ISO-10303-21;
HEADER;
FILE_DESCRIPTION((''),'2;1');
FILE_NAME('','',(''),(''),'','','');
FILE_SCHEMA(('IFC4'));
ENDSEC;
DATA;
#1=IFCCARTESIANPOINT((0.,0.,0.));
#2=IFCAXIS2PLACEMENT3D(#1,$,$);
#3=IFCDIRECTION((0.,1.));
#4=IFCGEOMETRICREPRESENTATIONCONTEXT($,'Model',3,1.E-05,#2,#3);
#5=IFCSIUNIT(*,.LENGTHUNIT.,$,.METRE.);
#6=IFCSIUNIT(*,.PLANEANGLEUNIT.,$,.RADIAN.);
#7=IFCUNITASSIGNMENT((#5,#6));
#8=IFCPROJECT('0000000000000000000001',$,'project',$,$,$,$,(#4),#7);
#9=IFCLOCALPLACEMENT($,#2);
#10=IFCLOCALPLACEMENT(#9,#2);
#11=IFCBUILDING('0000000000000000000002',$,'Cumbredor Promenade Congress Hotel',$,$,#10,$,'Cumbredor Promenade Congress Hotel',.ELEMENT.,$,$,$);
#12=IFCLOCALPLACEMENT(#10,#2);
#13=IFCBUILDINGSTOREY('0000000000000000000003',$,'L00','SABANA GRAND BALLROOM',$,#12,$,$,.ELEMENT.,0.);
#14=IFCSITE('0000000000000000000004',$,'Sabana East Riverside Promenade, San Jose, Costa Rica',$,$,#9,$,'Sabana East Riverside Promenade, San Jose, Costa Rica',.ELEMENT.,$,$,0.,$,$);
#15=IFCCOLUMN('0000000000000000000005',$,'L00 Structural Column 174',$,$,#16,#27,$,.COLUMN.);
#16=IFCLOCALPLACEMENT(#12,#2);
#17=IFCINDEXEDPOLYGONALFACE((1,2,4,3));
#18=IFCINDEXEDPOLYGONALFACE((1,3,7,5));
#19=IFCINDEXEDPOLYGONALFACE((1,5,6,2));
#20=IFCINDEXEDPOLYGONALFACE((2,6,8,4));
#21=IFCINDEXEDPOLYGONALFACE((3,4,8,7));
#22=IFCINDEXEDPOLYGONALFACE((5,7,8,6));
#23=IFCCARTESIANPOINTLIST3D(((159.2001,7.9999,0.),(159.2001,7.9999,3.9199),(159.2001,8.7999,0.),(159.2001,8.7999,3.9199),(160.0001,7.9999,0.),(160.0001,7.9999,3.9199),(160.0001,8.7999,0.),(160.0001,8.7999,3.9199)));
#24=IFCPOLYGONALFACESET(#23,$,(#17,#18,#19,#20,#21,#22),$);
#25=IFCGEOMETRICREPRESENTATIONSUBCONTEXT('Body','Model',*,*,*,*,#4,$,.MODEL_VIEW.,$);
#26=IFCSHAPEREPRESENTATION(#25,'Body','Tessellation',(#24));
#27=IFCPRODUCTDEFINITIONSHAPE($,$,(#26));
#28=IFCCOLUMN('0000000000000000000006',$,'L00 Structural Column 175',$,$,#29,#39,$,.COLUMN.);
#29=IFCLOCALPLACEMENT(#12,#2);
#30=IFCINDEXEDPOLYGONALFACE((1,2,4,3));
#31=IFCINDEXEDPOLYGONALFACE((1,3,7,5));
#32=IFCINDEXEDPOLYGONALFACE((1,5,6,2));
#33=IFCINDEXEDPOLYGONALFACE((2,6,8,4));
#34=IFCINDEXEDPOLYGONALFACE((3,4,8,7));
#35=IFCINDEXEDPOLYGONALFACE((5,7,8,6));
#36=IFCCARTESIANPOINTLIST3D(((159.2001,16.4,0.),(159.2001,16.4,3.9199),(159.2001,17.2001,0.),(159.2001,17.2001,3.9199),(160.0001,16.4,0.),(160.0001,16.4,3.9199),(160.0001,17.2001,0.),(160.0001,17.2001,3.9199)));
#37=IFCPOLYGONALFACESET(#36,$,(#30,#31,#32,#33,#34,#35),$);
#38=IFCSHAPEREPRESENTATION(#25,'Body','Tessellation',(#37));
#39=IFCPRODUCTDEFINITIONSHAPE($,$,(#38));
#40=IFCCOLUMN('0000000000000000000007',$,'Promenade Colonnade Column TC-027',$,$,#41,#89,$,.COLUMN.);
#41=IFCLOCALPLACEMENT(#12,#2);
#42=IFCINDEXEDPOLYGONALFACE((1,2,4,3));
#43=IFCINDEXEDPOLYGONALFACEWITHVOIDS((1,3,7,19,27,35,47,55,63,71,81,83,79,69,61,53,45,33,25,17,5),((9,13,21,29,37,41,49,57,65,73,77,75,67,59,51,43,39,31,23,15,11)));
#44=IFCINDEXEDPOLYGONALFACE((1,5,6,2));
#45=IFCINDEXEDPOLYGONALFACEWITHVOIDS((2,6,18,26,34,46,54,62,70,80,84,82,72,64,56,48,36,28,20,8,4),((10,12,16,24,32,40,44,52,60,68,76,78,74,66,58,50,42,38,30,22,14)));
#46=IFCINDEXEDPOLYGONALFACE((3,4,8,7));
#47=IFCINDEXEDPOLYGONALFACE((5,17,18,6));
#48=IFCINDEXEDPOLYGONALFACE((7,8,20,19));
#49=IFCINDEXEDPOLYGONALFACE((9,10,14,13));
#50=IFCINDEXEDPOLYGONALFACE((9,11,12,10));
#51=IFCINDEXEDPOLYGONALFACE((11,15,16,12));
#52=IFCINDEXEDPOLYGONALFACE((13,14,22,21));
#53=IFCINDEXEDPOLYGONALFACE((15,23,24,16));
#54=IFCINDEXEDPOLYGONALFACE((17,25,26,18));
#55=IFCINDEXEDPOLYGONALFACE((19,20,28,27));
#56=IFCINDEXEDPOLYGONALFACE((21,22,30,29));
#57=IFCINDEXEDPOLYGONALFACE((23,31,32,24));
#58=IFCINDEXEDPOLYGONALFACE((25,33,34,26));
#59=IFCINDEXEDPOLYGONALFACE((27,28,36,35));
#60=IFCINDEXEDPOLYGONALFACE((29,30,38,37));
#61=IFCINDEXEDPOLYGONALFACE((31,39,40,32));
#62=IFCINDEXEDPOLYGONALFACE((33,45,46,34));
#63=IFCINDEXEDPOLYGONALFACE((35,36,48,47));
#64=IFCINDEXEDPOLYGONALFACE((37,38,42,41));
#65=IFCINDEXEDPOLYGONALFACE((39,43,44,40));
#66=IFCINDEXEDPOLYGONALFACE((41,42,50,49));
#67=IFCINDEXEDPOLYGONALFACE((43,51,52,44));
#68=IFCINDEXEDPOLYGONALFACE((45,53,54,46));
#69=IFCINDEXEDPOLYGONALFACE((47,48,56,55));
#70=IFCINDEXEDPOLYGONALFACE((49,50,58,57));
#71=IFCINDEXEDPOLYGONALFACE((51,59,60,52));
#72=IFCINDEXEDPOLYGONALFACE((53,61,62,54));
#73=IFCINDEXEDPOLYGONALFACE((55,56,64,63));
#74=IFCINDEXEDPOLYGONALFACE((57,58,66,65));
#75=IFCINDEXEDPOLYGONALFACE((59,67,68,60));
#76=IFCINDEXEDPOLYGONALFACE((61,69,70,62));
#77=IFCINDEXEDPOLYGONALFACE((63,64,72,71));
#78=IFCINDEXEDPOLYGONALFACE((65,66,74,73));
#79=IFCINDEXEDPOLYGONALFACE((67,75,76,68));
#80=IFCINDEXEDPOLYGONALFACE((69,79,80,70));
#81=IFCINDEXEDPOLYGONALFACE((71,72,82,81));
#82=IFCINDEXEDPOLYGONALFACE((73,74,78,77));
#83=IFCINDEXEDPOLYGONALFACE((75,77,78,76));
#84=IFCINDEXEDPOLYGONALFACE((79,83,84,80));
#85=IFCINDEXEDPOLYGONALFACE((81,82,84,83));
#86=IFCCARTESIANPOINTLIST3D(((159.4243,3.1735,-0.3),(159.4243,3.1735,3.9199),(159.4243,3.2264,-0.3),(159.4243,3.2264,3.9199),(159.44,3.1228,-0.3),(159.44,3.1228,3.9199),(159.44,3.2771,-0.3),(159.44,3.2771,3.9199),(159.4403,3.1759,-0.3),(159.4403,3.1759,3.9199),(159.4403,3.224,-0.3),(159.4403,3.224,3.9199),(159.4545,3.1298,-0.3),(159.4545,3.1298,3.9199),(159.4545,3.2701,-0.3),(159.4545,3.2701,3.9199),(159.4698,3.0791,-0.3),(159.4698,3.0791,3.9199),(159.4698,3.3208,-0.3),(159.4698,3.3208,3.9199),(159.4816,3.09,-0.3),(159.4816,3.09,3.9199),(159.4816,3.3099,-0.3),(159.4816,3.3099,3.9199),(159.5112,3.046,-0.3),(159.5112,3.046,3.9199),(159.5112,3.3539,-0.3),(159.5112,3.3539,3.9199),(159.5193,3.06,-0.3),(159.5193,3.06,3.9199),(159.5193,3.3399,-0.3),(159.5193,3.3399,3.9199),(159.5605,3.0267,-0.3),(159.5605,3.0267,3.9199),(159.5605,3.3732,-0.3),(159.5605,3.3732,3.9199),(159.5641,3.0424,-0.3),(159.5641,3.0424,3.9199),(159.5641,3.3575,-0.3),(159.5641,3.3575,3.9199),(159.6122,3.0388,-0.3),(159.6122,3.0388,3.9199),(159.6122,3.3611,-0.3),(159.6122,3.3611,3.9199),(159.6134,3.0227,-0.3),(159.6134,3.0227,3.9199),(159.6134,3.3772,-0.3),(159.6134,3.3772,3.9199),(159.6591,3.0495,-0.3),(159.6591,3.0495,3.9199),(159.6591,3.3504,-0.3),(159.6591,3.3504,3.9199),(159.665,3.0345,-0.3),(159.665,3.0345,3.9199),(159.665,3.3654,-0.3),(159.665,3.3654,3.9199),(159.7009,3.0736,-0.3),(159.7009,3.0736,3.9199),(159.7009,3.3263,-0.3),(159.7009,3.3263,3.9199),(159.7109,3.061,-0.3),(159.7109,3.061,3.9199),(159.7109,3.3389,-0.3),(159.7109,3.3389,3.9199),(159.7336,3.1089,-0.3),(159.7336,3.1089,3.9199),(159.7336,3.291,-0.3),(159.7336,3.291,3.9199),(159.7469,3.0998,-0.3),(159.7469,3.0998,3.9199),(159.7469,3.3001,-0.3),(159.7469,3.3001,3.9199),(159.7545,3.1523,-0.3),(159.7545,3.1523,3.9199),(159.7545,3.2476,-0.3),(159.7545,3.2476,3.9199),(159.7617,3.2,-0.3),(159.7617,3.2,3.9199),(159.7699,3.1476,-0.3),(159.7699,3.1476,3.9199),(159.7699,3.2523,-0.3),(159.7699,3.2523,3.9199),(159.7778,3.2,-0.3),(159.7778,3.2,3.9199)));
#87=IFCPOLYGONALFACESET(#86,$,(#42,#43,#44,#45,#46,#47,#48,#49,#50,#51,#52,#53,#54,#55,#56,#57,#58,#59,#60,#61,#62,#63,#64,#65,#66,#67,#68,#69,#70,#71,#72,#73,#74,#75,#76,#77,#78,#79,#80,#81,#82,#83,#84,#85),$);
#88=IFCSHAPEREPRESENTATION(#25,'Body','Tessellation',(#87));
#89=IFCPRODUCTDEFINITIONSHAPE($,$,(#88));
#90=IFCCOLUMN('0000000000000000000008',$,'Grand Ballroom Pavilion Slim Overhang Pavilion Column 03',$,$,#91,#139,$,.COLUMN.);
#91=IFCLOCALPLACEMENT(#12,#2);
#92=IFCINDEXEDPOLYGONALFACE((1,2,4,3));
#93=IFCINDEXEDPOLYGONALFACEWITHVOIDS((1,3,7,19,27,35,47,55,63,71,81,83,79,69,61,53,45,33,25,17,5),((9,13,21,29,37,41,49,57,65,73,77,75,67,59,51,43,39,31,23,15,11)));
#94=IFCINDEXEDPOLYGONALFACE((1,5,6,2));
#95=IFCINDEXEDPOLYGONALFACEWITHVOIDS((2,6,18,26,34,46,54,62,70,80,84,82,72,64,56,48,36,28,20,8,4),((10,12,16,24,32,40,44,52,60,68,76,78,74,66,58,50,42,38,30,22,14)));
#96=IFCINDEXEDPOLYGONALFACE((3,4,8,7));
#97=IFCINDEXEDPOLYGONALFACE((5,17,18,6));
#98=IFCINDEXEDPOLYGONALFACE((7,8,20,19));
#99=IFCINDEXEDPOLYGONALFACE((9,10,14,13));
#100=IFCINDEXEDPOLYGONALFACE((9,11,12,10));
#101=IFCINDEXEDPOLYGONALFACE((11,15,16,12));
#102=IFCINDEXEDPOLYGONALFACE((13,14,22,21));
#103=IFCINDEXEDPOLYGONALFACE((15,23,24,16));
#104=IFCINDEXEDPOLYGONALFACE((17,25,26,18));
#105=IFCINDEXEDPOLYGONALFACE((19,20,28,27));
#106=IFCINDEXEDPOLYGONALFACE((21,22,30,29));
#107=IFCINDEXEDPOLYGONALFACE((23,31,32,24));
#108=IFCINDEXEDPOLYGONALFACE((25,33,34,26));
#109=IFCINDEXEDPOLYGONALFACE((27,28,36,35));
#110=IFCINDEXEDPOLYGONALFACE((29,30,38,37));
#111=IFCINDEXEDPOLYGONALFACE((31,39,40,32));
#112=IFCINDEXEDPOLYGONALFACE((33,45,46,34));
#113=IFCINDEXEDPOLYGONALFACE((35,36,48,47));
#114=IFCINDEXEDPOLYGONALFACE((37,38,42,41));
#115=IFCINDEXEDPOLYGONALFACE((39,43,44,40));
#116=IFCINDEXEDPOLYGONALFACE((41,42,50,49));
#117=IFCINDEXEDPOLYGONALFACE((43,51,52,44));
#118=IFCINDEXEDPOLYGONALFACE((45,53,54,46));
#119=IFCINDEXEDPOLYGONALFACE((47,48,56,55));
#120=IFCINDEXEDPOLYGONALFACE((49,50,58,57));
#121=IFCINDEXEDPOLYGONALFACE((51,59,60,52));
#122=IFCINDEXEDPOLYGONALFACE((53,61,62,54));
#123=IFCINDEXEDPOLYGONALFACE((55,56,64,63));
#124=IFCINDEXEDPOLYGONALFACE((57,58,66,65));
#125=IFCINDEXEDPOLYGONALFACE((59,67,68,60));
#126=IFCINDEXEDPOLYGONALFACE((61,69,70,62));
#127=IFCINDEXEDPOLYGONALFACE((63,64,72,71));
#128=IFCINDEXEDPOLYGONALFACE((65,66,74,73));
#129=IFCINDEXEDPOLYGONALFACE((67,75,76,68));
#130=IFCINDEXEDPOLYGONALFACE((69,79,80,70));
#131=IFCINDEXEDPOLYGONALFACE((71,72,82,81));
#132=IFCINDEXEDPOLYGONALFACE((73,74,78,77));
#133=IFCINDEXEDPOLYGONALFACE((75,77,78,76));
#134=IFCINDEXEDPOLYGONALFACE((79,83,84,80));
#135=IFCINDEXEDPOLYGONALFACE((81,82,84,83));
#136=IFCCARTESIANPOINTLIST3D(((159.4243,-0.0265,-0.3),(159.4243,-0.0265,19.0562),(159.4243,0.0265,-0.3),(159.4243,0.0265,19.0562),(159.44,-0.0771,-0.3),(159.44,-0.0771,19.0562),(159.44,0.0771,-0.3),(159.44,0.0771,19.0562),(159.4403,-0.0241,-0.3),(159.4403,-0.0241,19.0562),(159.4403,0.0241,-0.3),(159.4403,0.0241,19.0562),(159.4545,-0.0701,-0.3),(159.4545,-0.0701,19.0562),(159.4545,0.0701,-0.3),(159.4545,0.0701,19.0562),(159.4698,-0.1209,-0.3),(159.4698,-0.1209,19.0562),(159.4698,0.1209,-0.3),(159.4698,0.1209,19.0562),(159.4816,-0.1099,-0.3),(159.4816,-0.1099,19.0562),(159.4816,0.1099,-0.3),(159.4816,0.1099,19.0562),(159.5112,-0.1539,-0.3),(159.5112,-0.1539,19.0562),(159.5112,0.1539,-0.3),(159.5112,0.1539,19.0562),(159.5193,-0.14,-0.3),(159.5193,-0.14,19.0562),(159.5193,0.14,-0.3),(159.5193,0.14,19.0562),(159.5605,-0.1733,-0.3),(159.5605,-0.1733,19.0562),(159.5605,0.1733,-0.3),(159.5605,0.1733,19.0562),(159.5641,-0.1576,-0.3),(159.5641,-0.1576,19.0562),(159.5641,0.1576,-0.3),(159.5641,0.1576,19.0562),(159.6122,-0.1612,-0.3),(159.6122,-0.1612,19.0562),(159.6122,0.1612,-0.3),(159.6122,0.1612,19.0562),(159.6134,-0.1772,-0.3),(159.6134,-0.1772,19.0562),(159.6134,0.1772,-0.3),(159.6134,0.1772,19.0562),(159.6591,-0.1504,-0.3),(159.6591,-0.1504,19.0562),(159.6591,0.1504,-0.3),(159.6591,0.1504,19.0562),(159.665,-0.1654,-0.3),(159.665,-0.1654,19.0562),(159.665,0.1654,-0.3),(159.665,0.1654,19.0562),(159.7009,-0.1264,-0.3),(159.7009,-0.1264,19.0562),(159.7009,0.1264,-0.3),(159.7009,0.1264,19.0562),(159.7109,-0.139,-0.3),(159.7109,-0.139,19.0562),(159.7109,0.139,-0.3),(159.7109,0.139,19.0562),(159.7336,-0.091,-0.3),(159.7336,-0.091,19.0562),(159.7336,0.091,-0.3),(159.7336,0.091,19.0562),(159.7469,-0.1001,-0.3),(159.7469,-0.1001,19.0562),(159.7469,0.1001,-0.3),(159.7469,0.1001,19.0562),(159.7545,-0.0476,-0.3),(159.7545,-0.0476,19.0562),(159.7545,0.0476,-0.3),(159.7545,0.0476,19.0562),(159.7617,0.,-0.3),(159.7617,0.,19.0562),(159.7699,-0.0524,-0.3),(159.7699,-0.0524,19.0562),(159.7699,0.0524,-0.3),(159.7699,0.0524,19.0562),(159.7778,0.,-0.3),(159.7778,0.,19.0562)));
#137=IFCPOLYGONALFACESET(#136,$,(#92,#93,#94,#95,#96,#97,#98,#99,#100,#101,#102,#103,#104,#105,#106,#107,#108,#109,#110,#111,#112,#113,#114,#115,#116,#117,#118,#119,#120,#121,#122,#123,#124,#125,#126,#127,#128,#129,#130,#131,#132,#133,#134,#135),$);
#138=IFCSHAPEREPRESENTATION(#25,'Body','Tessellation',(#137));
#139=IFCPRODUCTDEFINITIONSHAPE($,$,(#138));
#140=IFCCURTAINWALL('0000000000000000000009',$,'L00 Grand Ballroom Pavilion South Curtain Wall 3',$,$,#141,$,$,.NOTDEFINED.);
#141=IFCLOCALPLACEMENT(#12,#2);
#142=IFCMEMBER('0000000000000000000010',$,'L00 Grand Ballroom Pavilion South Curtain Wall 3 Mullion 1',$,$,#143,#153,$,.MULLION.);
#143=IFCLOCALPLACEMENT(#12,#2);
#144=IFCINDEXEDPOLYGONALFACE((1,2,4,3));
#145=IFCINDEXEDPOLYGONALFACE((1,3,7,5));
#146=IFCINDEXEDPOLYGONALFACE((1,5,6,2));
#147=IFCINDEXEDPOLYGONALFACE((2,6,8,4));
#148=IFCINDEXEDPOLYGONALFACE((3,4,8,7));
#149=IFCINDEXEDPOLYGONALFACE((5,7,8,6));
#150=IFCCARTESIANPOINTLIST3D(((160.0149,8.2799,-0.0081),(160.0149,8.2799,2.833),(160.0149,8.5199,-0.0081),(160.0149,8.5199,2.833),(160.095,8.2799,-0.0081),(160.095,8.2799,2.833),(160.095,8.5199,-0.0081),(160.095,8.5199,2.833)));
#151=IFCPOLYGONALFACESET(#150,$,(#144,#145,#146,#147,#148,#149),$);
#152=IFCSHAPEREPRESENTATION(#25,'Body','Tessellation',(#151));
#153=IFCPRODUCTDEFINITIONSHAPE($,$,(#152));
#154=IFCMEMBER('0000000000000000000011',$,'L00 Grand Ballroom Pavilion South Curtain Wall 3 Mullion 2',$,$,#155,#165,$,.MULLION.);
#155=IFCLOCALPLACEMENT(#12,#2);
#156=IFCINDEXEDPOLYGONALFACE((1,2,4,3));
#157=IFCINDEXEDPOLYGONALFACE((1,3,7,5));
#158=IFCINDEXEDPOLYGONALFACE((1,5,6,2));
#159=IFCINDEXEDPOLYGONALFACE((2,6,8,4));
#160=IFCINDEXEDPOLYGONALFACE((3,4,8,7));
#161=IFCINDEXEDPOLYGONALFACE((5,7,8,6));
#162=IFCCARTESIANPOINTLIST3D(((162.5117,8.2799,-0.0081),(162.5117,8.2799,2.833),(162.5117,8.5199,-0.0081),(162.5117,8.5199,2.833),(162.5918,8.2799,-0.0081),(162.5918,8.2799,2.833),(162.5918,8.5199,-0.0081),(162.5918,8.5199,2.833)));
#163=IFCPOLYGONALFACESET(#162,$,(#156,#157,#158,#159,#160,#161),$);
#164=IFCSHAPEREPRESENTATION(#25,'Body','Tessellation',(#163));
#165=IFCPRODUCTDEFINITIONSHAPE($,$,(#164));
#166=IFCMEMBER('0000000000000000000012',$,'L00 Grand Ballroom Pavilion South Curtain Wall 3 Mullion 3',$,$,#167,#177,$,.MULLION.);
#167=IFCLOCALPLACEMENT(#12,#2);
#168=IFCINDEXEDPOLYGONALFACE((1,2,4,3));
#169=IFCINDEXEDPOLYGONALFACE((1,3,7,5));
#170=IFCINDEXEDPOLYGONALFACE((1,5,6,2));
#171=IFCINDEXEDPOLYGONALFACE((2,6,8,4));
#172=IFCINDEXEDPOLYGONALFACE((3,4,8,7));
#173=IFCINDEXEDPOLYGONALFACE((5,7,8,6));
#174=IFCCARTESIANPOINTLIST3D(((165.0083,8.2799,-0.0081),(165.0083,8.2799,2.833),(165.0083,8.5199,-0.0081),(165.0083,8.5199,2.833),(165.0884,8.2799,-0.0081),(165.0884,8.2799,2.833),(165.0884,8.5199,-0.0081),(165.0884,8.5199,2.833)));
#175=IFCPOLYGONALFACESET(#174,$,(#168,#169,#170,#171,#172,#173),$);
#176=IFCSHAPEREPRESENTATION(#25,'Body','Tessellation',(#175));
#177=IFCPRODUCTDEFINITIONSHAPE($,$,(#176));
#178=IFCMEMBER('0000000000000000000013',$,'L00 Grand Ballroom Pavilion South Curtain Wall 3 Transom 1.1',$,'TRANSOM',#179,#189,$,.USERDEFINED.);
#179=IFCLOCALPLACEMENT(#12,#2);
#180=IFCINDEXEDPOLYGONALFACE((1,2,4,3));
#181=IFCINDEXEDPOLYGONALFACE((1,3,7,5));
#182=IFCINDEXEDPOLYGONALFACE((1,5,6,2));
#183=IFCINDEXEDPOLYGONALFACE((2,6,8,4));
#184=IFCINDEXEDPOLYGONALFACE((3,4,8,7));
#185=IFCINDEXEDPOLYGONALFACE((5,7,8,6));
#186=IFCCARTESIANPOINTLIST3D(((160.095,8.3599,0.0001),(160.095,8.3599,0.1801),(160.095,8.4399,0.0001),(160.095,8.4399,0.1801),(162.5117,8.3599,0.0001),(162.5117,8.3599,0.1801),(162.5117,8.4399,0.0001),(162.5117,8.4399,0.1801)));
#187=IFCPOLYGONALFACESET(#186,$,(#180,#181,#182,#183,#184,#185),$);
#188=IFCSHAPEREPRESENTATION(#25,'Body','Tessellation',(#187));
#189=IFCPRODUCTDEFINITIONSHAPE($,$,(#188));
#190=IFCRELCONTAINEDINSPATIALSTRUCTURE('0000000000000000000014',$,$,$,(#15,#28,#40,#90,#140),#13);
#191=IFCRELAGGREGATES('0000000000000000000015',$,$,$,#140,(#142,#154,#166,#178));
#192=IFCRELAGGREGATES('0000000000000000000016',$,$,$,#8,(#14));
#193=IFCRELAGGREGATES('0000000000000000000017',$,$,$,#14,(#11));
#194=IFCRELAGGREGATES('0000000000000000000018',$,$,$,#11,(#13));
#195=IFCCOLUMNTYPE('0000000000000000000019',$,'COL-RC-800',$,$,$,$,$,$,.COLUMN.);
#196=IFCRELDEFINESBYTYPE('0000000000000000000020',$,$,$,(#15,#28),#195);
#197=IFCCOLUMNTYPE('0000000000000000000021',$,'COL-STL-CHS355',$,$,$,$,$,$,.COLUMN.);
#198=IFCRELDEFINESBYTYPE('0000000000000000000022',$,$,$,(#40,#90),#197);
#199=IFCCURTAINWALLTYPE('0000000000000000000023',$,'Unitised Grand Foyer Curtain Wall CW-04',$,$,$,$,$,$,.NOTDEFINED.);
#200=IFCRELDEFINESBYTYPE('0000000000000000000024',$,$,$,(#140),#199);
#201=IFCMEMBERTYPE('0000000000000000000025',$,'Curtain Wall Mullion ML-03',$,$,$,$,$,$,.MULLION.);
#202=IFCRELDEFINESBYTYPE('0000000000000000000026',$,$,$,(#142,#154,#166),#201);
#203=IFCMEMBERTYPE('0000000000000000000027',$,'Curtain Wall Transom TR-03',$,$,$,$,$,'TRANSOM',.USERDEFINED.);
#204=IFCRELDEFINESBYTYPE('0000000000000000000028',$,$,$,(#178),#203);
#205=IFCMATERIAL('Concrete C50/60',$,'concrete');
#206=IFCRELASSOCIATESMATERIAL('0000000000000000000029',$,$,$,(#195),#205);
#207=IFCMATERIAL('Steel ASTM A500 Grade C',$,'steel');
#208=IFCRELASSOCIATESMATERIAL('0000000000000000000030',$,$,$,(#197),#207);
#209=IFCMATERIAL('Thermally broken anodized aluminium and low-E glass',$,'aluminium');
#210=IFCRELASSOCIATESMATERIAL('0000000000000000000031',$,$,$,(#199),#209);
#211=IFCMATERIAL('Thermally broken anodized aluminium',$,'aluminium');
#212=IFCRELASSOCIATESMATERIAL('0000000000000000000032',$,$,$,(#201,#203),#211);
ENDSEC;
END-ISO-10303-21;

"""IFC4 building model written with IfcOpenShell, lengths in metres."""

from ifc_helpers import new_model, si_unit, direction, frame, origin, origin_2d, place, context, subcontext, project, spatial, rectangle, hollow_circle, extrude, material, material_profile, profile_set, type_object, element, aggregate, save


model = new_model("IFC4")

# Units and contexts
model_context = context("Model", 3, precision=1e-05, world=origin(), true_north=direction((0.0, 1.0)))
body_context = subcontext(model_context, "Body", "Model", "MODEL_VIEW")
ifc_project = project(units=[si_unit("LENGTHUNIT", "METRE"), si_unit("PLANEANGLEUNIT", "RADIAN")], contexts=[model_context])

# Site, building, storey
site_placement = place(None, origin())
site = spatial("IfcSite", under=ifc_project, at=site_placement, Name="Sabana East Riverside Promenade, San Jose, Costa Rica", LongName="Sabana East Riverside Promenade, San Jose, Costa Rica", CompositionType="ELEMENT", RefElevation=0.0)
building_placement = place(site_placement, origin())
building = spatial("IfcBuilding", under=site, at=building_placement, Name="Cumbredor Promenade Congress Hotel", LongName="Cumbredor Promenade Congress Hotel", CompositionType="ELEMENT")
storey_placement = place(building_placement, origin())
storey = spatial("IfcBuildingStorey", under=building, at=storey_placement, Name="L00", Description="SABANA GRAND BALLROOM", CompositionType="ELEMENT", Elevation=0.0)

# Columns
ifc_material_1 = material(Name="Concrete C50/60", Category="concrete")
ifc_material_profile_1 = material_profile(ifc_material_1, rectangle(XDim=0.8, YDim=0.8, at=origin_2d()), Name="RC 800x800")
ifc_profile_set_1 = profile_set([ifc_material_profile_1], Name="Concrete C50/60")
column_type_1 = type_object("IfcColumnType", Name="COL-RC-800", PredefinedType="COLUMN", material=ifc_profile_set_1)
for number, where, z_axis, x_axis, name in (
    (1, (159.6001, 8.3999, 0.0), (0.0, 0.0, 1.0), (1.0, 0.0, 0.0), "L00 Structural Column 174"),
    (2, (159.6001, 16.8, 0.0), (0.0, 0.0, 1.0), (1.0, 0.0, 0.0), "L00 Structural Column 175"),
):
    element("IfcColumn", number, at=place(storey_placement, frame(where, z_axis=z_axis, x_axis=x_axis)), inside=storey, type_object=column_type_1, Name=name, PredefinedType="COLUMN", context=body_context, shape_type="SweptSolid", body=[
        extrude(rectangle(XDim=0.8, YDim=0.8, at=origin_2d()), origin(), (0.0, 0.0, 1.0), 3.9199),
    ])
ifc_material_2 = material(Name="Steel ASTM A500 Grade C", Category="steel")
ifc_material_profile_2 = material_profile(ifc_material_2, hollow_circle(Radius=0.1777, WallThickness=0.0161, at=origin_2d()), Name="CHS 355.6x16")
ifc_profile_set_2 = profile_set([ifc_material_profile_2], Name="Steel ASTM A500 Grade C")
column_type_2 = type_object("IfcColumnType", Name="COL-STL-CHS355", PredefinedType="COLUMN", material=ifc_profile_set_2)
column_1_placement = place(storey_placement, frame((159.6001, 3.2, -0.3), z_axis=(0.0, 0.0, 1.0), x_axis=(1.0, 0.0, 0.0)))
element("IfcColumn", 3, at=column_1_placement, inside=storey, type_object=column_type_2, Name="Promenade Colonnade Column TC-027", PredefinedType="COLUMN", context=body_context, shape_type="SweptSolid", body=[
    extrude(hollow_circle(Radius=0.1777, WallThickness=0.0161, at=origin_2d()), origin(), (0.0, 0.0, 1.0), 4.22),
])
column_2_placement = place(storey_placement, frame((159.6001, 0.0, -0.3), z_axis=(0.0, 0.0, 1.0), x_axis=(1.0, 0.0, 0.0)))
element("IfcColumn", 4, at=column_2_placement, inside=storey, type_object=column_type_2, Name="Grand Ballroom Pavilion Slim Overhang Pavilion Column 03", PredefinedType="COLUMN", context=body_context, shape_type="SweptSolid", body=[
    extrude(hollow_circle(Radius=0.1777, WallThickness=0.0161, at=origin_2d()), origin(), (0.0, 0.0, 1.0), 19.3562),
])

# Curtain wall, members
ifc_material_3 = material(Name="Thermally broken anodized aluminium and low-E glass", Category="aluminium")
curtain_wall_type = type_object("IfcCurtainWallType", Name="Unitised Grand Foyer Curtain Wall CW-04", PredefinedType="NOTDEFINED", material=ifc_material_3)
curtain_wall_placement = place(storey_placement, origin())
curtain_wall = element("IfcCurtainWall", 5, at=curtain_wall_placement, inside=storey, type_object=curtain_wall_type, Name="L00 Grand Ballroom Pavilion South Curtain Wall 3", PredefinedType="NOTDEFINED")
ifc_material_4 = material(Name="Thermally broken anodized aluminium", Category="aluminium")
ifc_material_profile_3 = material_profile(ifc_material_4, rectangle(XDim=0.0801, YDim=0.24, at=origin_2d()), Name="ALU MULLION 80x240")
ifc_profile_set_3 = profile_set([ifc_material_profile_3], Name="Thermally broken anodized aluminium")
member_type_1 = type_object("IfcMemberType", Name="Curtain Wall Mullion ML-03", PredefinedType="MULLION", material=ifc_profile_set_3)
member_1_placement = place(storey_placement, frame((160.0549, 8.3999, -0.0081), z_axis=(0.0, 0.0, 1.0), x_axis=(1.0, 0.0, 0.0)))
member_1 = element("IfcMember", 6, at=member_1_placement, type_object=member_type_1, Name="L00 Grand Ballroom Pavilion South Curtain Wall 3 Mullion 1", PredefinedType="MULLION", context=body_context, shape_type="SweptSolid", body=[
    extrude(rectangle(XDim=0.0801, YDim=0.24, at=origin_2d()), origin(), (0.0, 0.0, 1.0), 2.8411),
])
member_2_placement = place(storey_placement, frame((162.5518, 8.3999, -0.0081), z_axis=(0.0, 0.0, 1.0), x_axis=(1.0, 0.0, 0.0)))
member_2 = element("IfcMember", 7, at=member_2_placement, type_object=member_type_1, Name="L00 Grand Ballroom Pavilion South Curtain Wall 3 Mullion 2", PredefinedType="MULLION", context=body_context, shape_type="SweptSolid", body=[
    extrude(rectangle(XDim=0.0801, YDim=0.24, at=origin_2d()), origin(), (0.0, 0.0, 1.0), 2.8411),
])
member_3_placement = place(storey_placement, frame((165.0483, 8.3999, -0.0081), z_axis=(0.0, 0.0, 1.0), x_axis=(1.0, 0.0, 0.0)))
member_3 = element("IfcMember", 8, at=member_3_placement, type_object=member_type_1, Name="L00 Grand Ballroom Pavilion South Curtain Wall 3 Mullion 3", PredefinedType="MULLION", context=body_context, shape_type="SweptSolid", body=[
    extrude(rectangle(XDim=0.0801, YDim=0.24, at=origin_2d()), origin(), (0.0, 0.0, 1.0), 2.8411),
])
ifc_material_profile_4 = material_profile(ifc_material_4, rectangle(XDim=0.0801, YDim=0.1799, at=origin_2d()), Name="ALU TRANSOM 80x180")
ifc_profile_set_4 = profile_set([ifc_material_profile_4], Name="Thermally broken anodized aluminium")
member_type_2 = type_object("IfcMemberType", Name="Curtain Wall Transom TR-03", ElementType="TRANSOM", PredefinedType="USERDEFINED", material=ifc_profile_set_4)
member_4_placement = place(storey_placement, frame((160.095, 8.3999, 0.0901), z_axis=(1.0, 0.0, 0.0), x_axis=(0.0, 1.0, 0.0)))
member_4 = element("IfcMember", 9, at=member_4_placement, type_object=member_type_2, Name="L00 Grand Ballroom Pavilion South Curtain Wall 3 Transom 1.1", ObjectType="TRANSOM", PredefinedType="USERDEFINED", context=body_context, shape_type="SweptSolid", body=[
    extrude(rectangle(XDim=0.0801, YDim=0.1799, at=origin_2d()), origin(), (0.0, 0.0, 1.0), 2.4167),
])
aggregate(curtain_wall, [member_1, member_2, member_3, member_4])

save(model, "model.ifc")
